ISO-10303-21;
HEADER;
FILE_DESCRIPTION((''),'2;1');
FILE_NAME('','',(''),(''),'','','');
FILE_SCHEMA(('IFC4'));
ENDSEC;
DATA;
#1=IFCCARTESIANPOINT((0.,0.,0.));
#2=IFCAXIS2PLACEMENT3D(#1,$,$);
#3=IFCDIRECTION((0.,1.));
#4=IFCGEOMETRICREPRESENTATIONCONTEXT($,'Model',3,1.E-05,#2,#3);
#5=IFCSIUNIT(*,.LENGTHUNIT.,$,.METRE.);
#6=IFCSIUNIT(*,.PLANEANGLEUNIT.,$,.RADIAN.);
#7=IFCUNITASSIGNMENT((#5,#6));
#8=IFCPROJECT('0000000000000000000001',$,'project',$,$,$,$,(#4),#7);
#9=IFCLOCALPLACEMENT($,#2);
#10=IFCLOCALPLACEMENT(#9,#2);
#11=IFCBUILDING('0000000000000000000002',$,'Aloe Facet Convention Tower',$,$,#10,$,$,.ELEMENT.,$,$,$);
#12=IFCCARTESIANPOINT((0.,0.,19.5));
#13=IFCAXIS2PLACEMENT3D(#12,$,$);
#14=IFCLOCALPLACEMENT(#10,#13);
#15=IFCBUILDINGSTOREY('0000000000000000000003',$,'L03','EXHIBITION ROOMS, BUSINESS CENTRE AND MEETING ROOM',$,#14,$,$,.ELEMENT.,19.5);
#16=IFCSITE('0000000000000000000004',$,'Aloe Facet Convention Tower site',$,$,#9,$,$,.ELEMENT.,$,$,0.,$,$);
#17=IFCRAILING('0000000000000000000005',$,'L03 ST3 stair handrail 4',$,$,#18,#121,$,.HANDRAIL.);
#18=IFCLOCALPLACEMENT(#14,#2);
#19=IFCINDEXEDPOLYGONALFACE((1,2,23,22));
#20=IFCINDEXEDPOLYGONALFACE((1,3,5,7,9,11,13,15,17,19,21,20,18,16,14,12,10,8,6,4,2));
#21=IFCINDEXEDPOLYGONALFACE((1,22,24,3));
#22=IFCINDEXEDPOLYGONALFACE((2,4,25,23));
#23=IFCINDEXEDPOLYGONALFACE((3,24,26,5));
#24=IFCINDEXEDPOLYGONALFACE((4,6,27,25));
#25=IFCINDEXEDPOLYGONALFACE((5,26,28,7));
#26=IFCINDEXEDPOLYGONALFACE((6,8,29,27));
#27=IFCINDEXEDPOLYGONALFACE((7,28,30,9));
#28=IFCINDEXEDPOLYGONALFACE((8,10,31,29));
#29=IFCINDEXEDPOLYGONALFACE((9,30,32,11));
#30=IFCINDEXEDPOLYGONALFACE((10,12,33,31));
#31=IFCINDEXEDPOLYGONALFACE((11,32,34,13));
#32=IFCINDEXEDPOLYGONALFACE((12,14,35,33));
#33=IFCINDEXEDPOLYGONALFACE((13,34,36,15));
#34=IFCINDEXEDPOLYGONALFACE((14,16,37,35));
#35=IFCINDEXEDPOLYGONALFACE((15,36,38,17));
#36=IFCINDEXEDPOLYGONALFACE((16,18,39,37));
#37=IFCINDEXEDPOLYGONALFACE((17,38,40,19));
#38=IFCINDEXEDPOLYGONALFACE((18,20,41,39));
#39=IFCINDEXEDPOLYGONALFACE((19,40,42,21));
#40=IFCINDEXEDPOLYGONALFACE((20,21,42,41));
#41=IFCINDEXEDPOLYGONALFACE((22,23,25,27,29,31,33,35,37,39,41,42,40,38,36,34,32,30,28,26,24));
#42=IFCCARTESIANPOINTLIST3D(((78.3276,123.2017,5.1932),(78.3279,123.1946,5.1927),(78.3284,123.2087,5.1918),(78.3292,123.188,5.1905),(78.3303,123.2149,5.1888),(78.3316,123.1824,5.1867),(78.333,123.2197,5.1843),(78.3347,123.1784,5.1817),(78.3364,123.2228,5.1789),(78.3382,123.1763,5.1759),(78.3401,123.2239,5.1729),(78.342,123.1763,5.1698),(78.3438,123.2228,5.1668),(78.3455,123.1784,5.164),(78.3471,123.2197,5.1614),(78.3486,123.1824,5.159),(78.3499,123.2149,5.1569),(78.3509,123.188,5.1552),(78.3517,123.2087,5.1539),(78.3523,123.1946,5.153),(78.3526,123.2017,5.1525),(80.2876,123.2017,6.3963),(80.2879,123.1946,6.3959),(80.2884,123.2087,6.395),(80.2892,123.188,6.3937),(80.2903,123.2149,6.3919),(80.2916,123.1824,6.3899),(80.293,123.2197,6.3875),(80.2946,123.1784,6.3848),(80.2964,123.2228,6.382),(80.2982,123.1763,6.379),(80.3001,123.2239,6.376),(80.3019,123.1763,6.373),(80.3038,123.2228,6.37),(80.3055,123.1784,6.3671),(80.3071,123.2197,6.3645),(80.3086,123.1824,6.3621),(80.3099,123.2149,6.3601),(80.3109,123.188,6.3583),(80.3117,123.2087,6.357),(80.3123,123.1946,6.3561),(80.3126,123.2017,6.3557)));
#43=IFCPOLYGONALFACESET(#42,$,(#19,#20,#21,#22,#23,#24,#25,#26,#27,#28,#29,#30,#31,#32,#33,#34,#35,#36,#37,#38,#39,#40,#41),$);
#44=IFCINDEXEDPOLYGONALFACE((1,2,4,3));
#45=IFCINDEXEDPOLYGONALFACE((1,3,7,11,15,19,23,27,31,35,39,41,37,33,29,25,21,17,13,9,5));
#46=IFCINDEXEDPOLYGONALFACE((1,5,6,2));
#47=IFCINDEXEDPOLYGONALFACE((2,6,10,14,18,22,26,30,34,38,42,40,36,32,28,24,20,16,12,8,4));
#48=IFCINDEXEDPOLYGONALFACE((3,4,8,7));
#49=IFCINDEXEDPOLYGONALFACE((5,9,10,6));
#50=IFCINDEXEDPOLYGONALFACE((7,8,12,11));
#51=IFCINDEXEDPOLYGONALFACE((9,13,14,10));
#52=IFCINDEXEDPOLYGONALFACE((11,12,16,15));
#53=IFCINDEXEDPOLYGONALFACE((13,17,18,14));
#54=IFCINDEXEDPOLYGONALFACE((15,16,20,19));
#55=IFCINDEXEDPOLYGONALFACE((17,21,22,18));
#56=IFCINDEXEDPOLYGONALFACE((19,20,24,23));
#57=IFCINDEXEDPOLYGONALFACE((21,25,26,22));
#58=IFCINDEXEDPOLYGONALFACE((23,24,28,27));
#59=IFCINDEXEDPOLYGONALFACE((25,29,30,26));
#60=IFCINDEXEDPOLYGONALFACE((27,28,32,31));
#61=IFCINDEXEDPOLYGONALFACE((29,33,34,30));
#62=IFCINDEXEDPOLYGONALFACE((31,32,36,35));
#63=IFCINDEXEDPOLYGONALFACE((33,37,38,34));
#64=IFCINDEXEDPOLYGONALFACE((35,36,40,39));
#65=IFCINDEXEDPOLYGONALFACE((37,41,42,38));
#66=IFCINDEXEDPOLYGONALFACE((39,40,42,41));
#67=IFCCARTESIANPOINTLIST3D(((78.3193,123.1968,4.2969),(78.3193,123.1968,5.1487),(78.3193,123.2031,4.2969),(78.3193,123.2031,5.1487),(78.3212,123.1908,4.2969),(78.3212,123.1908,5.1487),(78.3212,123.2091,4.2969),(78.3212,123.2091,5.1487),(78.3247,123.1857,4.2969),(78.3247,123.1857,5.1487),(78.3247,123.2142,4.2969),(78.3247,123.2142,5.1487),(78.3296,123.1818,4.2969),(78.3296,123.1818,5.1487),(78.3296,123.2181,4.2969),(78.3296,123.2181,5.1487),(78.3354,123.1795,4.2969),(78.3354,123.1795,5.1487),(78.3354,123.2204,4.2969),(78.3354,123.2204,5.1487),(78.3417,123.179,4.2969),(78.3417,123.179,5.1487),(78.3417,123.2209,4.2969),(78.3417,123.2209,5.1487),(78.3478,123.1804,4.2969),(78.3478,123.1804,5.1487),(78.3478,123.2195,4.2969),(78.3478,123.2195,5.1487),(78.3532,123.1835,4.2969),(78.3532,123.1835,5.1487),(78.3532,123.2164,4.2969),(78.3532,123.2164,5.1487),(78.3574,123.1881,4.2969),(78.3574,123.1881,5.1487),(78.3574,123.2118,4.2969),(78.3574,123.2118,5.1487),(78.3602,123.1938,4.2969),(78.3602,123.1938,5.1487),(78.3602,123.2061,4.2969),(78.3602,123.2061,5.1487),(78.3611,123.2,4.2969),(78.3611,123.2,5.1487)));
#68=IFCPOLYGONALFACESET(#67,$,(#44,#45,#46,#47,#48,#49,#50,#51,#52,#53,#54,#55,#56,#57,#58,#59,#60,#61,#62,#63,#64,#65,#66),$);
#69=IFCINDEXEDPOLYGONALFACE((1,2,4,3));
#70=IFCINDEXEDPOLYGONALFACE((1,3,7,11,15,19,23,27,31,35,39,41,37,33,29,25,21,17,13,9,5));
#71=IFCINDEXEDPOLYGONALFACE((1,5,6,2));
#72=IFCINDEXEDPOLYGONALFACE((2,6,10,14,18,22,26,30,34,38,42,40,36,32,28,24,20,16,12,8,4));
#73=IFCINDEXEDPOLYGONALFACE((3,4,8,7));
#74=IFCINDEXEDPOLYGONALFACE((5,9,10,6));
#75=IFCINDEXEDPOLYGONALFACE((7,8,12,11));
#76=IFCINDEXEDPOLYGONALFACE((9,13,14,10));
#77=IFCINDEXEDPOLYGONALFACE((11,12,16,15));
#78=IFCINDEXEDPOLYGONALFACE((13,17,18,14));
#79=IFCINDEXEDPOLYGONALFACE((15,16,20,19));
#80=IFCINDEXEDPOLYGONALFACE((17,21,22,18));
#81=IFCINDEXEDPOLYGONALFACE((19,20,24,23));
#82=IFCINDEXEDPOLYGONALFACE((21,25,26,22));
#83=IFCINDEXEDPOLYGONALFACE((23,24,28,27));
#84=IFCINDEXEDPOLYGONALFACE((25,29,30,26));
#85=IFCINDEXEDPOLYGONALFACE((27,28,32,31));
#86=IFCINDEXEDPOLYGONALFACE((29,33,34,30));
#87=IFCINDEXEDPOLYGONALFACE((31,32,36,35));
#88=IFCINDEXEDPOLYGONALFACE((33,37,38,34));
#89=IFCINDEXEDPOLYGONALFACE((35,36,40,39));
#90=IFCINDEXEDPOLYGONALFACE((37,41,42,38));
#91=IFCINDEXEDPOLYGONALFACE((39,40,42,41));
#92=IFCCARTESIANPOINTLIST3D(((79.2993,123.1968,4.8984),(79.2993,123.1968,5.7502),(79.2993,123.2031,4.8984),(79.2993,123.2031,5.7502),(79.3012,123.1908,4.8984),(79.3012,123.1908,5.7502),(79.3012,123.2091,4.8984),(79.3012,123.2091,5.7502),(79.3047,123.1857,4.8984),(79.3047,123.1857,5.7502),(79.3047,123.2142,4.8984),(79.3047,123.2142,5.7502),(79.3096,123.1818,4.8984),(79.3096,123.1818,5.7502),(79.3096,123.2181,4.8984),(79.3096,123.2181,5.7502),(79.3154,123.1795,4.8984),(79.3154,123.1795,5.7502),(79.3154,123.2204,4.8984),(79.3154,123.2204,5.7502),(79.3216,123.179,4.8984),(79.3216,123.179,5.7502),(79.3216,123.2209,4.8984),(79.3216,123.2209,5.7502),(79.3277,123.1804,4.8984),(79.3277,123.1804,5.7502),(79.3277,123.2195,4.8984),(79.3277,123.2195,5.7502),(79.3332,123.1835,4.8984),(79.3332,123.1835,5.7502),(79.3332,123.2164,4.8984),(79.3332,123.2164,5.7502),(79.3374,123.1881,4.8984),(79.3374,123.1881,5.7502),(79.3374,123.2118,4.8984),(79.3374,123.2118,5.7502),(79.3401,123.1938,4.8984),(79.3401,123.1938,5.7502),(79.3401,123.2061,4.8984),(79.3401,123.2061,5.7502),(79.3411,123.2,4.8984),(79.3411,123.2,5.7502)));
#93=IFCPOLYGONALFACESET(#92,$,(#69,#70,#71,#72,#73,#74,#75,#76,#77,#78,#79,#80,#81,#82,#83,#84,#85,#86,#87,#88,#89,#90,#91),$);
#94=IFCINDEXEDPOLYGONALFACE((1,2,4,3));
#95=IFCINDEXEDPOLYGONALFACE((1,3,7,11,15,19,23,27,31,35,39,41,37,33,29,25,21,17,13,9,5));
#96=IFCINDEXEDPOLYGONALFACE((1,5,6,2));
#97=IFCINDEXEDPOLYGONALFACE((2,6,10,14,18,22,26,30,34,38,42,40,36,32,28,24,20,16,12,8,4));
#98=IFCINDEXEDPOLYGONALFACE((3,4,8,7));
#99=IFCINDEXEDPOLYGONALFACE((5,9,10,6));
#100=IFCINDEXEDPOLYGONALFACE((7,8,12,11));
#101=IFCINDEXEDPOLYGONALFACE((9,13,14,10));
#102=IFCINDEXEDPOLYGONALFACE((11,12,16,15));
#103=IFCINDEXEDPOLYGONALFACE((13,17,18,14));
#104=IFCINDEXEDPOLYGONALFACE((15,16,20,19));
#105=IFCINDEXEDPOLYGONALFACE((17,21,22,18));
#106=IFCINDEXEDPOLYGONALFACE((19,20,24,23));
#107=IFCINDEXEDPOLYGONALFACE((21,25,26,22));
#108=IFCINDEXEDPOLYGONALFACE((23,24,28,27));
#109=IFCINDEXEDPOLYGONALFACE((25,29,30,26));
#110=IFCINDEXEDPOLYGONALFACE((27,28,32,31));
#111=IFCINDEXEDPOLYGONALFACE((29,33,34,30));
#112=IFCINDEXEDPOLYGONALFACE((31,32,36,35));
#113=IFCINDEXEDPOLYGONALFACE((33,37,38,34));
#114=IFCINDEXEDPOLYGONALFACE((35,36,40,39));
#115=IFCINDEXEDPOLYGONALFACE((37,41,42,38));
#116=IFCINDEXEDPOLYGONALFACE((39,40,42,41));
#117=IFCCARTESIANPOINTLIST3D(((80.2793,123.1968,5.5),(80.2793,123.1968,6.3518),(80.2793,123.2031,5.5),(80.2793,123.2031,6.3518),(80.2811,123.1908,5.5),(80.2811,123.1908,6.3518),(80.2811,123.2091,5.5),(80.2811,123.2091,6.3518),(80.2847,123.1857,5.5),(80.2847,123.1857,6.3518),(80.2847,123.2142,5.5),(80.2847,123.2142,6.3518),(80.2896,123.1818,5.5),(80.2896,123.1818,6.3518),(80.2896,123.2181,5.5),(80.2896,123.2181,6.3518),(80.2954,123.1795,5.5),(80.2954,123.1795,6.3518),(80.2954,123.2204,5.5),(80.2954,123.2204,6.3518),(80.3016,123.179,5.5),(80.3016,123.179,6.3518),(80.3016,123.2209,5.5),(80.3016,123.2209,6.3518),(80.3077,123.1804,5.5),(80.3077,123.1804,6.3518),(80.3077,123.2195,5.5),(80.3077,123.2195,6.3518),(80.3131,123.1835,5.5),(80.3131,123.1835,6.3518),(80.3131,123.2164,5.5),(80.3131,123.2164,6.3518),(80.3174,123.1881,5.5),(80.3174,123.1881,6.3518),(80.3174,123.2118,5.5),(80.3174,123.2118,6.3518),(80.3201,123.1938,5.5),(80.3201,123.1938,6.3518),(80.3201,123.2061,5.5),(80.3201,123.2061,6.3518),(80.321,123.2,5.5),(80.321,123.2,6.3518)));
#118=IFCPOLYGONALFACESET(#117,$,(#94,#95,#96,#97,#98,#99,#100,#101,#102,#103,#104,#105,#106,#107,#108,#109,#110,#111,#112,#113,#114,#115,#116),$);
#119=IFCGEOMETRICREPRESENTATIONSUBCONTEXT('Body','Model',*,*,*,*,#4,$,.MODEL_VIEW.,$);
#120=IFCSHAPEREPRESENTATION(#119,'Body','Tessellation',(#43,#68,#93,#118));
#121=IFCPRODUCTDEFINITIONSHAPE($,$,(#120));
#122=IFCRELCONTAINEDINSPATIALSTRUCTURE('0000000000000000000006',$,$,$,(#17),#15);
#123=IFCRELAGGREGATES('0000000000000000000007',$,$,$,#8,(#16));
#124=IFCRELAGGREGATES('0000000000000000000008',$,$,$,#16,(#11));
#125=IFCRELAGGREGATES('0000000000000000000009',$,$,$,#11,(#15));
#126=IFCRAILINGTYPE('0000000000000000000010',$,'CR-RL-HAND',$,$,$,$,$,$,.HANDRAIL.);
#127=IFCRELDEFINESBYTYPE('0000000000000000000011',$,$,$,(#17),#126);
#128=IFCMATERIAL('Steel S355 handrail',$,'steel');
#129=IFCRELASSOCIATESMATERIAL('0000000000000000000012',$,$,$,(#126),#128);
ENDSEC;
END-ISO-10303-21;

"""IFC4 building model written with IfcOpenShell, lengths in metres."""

from ifc_helpers import new_model, si_unit, direction, frame, origin, origin_2d, place, context, subcontext, project, spatial, circle, extrude, material, type_object, element, save


model = new_model("IFC4")

# Units and contexts
model_context = context("Model", 3, precision=1e-05, world=origin(), true_north=direction((0.0, 1.0)))
body_context = subcontext(model_context, "Body", "Model", "MODEL_VIEW")
ifc_project = project(units=[si_unit("LENGTHUNIT", "METRE"), si_unit("PLANEANGLEUNIT", "RADIAN")], contexts=[model_context])

# Site, building, storey
site_placement = place(None, origin())
site = spatial("IfcSite", under=ifc_project, at=site_placement, Name="Aloe Facet Convention Tower site", CompositionType="ELEMENT", RefElevation=0.0)
building_placement = place(site_placement, origin())
building = spatial("IfcBuilding", under=site, at=building_placement, Name="Aloe Facet Convention Tower", CompositionType="ELEMENT")
storey_placement = place(building_placement, frame((0.0, 0.0, 19.5)))
storey = spatial("IfcBuildingStorey", under=building, at=storey_placement, Name="L03", Description="EXHIBITION ROOMS, BUSINESS CENTRE AND MEETING ROOM", CompositionType="ELEMENT", Elevation=19.5)

# Railing
ifc_material_1 = material(Name="Steel S355 handrail", Category="steel")
railing_type_1 = type_object("IfcRailingType", Name="CR-RL-HAND", PredefinedType="HANDRAIL", material=ifc_material_1)
for number, where, name in (
    (1, (78.3401, 123.2, 4.2969), "L03 ST3 stair handrail 4"),
):
    element("IfcRailing", number, at=place(storey_placement, frame(where)), inside=storey, type_object=railing_type_1, Name=name, PredefinedType="HANDRAIL", context=body_context, shape_type="SweptSolid", body=[
        extrude(circle(Radius=0.0239, at=origin_2d()), frame((0.0, 0.0, 0.876), z_axis=(0.852241, 0.0, 0.523149), x_axis=(0.0, 1.0, 0.0)), (0.0, 0.0, 1.0), 2.2998),
        extrude(circle(Radius=0.021, at=origin_2d()), origin(), (0.0, 0.0, 1.0), 0.8518),
        extrude(circle(Radius=0.021, at=origin_2d()), frame((0.98, 0.0, 0.6016)), (0.0, 0.0, 1.0), 0.8518),
        extrude(circle(Radius=0.021, at=origin_2d()), frame((1.96, 0.0, 1.2031)), (0.0, 0.0, 1.0), 0.8518),
    ])

save(model, "model.ifc")
